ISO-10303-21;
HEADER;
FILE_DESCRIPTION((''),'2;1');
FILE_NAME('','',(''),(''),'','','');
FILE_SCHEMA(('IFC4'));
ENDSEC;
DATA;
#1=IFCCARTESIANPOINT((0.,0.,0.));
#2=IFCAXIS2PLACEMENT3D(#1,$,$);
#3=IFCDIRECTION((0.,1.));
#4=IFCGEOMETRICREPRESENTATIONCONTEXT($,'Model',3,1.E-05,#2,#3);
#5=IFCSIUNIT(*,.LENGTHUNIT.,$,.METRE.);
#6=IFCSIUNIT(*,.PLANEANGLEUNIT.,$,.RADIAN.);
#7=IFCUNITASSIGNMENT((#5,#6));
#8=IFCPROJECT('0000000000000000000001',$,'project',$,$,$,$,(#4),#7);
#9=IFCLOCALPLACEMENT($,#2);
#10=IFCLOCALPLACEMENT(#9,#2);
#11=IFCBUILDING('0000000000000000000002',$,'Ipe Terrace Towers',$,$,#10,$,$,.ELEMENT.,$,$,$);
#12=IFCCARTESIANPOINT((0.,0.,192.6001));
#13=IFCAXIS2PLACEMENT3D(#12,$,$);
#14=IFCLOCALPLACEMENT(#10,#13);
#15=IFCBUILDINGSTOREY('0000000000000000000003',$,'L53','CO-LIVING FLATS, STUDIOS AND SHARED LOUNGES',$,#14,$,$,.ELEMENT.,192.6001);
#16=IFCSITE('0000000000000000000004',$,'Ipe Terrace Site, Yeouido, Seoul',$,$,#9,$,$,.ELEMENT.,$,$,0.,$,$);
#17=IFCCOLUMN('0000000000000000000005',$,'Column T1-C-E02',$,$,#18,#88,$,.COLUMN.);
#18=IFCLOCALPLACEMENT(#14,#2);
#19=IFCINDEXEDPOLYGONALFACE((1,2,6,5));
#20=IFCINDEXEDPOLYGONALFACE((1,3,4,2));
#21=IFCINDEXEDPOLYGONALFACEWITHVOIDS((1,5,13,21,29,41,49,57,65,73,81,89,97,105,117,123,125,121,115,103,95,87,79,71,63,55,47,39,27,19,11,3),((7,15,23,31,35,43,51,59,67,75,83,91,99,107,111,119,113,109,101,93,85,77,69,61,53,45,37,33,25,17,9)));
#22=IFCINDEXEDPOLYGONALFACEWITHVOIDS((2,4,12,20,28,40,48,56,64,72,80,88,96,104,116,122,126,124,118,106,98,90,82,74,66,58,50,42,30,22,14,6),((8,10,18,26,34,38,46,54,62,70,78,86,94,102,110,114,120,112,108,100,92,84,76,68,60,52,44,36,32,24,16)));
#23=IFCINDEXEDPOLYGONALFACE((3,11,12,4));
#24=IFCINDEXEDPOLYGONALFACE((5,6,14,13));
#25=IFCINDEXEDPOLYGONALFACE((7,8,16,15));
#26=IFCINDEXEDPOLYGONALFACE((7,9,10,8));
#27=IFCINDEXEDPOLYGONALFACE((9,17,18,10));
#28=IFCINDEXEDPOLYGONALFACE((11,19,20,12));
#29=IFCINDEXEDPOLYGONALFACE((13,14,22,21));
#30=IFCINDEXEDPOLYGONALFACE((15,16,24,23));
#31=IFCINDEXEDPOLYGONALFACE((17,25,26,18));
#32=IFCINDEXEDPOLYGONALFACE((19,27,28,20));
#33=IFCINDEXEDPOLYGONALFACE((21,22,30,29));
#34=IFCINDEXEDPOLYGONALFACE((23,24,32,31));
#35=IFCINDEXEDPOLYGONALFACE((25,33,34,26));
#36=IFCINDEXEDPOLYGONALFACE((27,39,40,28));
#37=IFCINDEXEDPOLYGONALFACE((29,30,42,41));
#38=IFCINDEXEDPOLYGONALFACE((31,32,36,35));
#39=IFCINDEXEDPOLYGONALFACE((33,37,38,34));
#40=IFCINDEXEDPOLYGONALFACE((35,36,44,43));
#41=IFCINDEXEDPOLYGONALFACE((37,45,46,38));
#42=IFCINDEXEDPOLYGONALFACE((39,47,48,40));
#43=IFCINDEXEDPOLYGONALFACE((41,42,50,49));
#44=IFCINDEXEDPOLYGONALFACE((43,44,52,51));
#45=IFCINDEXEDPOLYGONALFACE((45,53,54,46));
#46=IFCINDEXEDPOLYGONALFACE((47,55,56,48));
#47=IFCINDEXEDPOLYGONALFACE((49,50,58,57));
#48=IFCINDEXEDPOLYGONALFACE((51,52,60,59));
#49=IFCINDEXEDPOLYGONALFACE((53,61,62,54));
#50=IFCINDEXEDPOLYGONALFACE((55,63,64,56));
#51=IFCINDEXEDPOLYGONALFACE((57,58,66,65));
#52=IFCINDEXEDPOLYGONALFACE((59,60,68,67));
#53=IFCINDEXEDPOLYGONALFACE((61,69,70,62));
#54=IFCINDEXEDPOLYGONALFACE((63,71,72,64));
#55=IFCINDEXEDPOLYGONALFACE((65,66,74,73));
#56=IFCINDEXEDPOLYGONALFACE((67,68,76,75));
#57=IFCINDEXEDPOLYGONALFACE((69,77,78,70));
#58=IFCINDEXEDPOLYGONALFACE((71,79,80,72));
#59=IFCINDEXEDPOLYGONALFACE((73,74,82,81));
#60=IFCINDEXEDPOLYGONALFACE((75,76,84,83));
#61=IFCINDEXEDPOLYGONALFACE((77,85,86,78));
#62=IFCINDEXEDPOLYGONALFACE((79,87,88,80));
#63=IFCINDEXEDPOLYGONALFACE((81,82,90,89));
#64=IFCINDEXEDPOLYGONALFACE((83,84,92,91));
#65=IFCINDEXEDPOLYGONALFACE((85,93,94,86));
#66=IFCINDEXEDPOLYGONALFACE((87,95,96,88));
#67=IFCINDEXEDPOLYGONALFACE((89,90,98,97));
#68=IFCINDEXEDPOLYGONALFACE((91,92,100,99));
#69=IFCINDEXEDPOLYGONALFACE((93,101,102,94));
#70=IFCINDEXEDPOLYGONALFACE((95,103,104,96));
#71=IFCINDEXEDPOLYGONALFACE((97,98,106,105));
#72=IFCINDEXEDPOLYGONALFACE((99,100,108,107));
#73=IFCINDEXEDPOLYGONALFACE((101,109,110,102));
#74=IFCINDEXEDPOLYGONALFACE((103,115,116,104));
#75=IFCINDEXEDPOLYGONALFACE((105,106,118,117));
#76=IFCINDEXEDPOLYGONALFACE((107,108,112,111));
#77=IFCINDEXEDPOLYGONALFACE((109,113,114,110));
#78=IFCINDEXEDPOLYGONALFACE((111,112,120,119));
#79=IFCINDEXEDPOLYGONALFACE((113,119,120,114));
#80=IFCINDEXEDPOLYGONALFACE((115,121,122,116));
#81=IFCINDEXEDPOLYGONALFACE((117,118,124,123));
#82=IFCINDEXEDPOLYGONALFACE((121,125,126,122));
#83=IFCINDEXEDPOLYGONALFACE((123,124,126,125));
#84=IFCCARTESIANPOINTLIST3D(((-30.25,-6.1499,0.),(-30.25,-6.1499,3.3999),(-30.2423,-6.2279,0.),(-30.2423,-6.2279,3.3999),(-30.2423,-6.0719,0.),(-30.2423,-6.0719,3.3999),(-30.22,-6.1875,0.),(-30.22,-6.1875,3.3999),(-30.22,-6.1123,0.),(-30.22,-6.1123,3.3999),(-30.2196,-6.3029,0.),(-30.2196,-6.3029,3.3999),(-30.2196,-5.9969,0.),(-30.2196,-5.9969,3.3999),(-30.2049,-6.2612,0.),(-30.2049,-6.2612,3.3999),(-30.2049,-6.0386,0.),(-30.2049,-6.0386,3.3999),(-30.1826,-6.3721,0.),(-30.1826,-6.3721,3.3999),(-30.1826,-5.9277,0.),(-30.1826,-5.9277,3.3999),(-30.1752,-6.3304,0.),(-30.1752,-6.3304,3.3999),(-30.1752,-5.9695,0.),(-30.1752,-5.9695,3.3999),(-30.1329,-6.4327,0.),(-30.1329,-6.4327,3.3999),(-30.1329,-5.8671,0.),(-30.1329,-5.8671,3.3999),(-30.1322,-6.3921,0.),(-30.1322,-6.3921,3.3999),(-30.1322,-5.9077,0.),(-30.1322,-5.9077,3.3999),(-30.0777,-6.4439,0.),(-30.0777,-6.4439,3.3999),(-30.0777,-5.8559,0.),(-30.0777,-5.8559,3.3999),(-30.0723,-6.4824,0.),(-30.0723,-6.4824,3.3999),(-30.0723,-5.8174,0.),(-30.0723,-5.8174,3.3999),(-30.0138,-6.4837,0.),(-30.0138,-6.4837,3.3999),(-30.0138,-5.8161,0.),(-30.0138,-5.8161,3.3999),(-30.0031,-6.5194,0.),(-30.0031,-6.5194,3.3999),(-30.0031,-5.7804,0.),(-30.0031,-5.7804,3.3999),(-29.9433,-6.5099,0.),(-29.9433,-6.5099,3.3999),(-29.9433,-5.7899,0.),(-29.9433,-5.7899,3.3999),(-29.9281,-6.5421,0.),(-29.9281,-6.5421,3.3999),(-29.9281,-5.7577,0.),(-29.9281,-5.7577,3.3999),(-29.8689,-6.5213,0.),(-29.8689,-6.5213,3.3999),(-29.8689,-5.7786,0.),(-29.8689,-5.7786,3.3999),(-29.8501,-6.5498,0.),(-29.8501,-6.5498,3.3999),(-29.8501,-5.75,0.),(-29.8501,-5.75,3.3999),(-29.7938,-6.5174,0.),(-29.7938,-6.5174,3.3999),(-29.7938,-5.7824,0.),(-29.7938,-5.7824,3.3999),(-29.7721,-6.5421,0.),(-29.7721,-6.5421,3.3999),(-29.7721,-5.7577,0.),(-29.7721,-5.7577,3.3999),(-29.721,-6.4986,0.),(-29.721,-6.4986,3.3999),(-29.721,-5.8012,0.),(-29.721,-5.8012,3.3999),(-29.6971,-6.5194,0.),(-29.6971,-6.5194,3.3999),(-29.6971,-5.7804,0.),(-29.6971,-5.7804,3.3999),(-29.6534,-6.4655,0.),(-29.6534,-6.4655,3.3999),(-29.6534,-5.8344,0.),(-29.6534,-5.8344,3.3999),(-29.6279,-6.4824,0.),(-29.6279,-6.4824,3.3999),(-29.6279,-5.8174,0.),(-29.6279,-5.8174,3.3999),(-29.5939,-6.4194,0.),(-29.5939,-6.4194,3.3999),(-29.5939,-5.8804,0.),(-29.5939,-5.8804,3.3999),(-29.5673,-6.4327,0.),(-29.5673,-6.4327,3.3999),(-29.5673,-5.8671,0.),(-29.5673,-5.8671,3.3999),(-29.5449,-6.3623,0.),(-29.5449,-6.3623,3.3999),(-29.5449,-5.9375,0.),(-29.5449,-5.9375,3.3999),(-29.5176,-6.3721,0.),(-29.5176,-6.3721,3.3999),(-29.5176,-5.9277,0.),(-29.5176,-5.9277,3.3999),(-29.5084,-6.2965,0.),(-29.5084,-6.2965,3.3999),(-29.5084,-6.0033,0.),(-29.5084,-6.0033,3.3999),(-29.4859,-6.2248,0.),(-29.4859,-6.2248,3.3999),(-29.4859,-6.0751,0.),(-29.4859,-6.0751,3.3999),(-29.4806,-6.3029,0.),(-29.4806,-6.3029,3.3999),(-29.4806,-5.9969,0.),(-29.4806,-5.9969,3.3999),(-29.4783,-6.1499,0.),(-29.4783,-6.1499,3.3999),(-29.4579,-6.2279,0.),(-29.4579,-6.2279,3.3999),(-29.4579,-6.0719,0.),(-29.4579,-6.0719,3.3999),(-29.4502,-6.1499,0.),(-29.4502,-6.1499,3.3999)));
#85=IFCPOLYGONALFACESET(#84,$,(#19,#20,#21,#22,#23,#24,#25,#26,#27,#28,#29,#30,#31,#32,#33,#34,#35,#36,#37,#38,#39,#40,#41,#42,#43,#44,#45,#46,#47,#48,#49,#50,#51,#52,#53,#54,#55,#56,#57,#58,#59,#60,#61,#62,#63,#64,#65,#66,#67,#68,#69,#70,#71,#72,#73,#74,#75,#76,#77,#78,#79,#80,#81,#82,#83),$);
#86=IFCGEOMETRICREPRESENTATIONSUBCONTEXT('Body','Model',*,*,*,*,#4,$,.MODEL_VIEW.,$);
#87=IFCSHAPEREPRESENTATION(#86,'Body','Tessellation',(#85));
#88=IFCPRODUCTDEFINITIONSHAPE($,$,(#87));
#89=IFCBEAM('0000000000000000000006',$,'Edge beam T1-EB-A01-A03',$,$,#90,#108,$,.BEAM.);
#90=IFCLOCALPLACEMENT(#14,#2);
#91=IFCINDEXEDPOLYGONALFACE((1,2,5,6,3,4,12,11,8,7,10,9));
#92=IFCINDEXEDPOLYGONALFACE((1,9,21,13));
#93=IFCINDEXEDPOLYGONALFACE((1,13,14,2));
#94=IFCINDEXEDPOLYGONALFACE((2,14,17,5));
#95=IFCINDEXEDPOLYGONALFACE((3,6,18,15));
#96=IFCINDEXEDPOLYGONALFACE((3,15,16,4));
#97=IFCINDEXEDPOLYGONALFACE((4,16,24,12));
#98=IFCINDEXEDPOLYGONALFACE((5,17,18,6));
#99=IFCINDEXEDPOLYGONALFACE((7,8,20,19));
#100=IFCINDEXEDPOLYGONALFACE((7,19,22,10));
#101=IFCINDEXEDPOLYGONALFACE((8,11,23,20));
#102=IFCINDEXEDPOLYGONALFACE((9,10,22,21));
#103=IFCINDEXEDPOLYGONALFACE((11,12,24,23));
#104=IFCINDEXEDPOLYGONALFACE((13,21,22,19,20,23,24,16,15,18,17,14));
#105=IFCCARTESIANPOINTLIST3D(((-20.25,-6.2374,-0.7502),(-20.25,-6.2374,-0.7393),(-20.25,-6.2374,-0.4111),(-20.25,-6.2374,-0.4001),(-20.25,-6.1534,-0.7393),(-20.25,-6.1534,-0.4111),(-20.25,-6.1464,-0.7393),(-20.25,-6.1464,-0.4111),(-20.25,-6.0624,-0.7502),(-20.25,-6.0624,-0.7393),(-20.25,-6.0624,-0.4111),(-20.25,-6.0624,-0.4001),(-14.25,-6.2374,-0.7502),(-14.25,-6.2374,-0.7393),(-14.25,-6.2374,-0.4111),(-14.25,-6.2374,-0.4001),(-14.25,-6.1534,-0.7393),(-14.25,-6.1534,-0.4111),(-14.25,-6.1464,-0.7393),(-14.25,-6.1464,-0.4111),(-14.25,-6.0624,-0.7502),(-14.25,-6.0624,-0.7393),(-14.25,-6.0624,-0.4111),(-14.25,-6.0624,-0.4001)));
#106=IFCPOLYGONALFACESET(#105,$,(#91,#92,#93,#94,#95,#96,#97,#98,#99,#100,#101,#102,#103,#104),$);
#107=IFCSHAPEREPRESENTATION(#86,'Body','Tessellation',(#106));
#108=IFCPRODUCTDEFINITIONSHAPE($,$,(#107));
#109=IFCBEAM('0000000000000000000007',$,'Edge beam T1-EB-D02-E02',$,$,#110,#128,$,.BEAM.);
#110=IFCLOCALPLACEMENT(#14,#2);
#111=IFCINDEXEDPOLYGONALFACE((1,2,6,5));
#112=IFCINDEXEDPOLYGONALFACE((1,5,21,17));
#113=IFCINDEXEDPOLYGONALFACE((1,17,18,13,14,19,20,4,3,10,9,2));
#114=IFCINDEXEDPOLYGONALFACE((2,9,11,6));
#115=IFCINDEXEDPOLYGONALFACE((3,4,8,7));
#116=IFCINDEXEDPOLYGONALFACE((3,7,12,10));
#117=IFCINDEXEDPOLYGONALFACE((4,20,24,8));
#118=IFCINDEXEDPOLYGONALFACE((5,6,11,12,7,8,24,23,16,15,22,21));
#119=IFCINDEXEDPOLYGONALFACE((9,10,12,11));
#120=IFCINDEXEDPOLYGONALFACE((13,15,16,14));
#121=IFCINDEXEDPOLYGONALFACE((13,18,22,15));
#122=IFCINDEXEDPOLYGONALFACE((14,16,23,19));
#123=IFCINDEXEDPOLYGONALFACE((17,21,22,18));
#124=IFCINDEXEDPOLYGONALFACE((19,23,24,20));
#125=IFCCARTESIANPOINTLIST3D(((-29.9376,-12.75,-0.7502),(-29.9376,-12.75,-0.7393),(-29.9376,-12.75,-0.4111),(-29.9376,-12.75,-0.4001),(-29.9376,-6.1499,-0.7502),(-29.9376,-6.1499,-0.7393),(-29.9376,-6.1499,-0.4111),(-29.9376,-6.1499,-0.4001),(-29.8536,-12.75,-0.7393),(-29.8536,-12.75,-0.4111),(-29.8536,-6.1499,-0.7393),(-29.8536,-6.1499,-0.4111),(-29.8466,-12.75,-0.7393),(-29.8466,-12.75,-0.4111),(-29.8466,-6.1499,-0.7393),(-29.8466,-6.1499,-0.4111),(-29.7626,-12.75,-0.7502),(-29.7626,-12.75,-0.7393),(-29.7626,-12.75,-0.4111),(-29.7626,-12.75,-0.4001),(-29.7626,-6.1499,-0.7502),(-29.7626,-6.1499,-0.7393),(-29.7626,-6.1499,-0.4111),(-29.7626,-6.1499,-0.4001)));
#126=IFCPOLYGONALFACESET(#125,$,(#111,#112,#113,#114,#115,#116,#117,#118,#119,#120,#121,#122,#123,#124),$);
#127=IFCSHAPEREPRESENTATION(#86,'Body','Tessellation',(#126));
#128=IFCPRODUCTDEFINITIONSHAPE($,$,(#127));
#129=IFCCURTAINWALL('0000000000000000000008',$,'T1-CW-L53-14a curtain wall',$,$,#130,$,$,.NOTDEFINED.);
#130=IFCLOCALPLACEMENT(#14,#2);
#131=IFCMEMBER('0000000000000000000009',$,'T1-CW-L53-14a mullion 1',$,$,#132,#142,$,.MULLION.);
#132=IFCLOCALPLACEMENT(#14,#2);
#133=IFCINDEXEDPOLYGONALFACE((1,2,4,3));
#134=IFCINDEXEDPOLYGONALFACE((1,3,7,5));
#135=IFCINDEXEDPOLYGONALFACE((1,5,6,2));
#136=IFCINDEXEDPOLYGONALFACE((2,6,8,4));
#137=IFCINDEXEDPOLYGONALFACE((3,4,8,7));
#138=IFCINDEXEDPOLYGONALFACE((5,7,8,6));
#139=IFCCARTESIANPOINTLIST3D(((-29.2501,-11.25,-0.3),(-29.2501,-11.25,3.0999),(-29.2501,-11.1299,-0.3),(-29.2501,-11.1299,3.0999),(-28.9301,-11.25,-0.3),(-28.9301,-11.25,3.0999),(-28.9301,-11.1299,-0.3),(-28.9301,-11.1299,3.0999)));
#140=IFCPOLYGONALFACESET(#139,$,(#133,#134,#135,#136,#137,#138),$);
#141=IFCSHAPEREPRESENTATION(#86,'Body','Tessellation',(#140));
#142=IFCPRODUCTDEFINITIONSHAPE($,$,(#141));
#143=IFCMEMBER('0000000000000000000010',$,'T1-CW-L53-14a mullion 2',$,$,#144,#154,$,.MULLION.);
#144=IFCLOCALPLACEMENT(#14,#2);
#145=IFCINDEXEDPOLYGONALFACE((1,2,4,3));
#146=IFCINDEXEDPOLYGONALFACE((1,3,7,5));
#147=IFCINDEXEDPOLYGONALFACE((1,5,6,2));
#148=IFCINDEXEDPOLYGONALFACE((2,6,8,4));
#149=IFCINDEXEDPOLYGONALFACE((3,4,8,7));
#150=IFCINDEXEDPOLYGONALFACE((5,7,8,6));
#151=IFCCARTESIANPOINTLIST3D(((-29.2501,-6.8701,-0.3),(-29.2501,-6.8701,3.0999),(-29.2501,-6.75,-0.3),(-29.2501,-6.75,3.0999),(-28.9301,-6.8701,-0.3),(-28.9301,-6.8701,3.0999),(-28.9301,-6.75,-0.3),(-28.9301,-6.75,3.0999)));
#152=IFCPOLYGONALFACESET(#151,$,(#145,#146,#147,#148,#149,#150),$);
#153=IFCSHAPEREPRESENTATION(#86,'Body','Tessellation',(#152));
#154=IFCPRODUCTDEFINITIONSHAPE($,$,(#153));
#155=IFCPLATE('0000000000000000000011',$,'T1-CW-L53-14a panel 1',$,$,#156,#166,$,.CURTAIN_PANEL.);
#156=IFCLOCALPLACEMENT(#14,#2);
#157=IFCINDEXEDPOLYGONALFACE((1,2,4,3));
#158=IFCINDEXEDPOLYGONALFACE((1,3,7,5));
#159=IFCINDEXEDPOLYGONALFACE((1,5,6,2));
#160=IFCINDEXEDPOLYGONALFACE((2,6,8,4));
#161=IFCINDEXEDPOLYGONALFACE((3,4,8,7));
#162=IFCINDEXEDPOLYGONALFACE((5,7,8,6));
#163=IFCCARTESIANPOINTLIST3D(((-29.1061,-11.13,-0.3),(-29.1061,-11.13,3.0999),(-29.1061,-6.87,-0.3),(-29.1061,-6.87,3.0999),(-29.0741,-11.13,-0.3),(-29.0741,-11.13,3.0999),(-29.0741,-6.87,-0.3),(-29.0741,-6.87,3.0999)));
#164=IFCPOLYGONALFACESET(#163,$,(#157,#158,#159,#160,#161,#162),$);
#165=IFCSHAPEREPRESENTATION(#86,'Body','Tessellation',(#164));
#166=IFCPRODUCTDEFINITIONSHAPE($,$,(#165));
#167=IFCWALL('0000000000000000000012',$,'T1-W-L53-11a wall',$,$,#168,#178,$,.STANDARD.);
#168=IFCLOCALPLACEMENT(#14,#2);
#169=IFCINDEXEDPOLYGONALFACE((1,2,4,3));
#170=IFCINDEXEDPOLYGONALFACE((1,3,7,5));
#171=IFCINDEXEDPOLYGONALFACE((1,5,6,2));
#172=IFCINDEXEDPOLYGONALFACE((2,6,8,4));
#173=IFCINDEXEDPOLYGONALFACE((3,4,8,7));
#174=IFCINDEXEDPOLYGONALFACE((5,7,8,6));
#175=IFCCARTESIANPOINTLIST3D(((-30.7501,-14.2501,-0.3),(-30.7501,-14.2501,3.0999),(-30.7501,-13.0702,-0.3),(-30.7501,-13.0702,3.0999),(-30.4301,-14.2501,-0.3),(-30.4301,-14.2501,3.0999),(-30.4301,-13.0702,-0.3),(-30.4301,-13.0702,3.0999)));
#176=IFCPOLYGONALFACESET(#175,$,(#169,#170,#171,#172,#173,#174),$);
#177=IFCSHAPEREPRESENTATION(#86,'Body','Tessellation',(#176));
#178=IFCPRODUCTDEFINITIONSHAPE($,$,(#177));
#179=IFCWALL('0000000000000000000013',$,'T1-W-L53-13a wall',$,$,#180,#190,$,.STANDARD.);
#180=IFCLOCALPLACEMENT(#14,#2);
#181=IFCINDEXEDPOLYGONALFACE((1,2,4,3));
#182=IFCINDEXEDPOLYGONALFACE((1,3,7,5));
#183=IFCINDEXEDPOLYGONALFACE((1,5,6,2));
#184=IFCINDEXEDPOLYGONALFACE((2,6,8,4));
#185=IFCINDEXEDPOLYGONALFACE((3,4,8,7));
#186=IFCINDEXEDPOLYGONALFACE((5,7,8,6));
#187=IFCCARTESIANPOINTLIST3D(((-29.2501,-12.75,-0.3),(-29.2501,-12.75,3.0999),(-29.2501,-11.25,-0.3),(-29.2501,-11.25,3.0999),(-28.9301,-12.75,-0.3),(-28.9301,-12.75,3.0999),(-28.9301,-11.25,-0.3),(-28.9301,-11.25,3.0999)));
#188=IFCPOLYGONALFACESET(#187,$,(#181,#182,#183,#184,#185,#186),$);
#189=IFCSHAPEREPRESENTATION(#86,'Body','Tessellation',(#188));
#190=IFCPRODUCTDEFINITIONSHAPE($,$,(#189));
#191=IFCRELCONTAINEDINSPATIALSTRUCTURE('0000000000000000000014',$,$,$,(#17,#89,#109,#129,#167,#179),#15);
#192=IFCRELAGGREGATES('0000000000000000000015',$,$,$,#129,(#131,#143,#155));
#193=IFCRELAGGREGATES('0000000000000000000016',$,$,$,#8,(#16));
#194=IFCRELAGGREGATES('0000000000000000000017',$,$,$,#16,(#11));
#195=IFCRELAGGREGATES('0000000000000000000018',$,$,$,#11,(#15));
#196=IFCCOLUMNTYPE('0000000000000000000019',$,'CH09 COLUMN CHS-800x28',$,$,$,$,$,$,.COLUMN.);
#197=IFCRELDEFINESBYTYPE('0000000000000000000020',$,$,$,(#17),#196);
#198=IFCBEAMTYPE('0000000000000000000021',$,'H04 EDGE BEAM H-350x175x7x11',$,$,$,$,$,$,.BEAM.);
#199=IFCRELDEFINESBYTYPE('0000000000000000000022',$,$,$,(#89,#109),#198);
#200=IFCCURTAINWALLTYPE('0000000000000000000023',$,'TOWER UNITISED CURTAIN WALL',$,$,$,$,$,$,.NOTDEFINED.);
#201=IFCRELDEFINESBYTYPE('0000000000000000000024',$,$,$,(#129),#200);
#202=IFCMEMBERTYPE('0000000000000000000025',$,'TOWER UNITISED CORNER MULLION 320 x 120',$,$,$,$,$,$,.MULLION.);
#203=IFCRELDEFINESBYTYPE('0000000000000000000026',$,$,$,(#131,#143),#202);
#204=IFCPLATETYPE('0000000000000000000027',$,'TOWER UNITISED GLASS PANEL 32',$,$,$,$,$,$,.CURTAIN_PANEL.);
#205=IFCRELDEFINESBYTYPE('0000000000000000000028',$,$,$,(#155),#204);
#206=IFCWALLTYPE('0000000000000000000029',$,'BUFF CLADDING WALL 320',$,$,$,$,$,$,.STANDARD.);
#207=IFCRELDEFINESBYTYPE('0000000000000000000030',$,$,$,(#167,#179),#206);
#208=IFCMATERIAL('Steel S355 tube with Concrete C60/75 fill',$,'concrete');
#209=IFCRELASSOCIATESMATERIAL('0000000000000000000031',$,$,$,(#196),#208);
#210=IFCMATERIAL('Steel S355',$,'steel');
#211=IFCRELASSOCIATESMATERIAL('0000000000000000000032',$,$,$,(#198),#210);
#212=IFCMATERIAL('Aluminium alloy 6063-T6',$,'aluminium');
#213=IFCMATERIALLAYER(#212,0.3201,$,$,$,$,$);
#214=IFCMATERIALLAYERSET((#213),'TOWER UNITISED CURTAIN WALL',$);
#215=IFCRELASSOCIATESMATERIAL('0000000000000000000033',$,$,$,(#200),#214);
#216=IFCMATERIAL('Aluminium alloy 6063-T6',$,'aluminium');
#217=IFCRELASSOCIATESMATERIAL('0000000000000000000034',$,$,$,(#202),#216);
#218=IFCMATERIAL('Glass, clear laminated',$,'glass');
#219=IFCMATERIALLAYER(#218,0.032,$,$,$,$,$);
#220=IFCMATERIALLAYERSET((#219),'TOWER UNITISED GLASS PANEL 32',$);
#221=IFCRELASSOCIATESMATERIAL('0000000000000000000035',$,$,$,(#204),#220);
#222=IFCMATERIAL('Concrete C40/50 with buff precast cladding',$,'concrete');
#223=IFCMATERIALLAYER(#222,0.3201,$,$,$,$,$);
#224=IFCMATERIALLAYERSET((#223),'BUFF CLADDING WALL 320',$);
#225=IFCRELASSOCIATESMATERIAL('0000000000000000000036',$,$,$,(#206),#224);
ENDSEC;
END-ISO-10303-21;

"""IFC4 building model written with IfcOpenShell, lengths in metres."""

from ifc_helpers import new_model, si_unit, direction, frame, frame_2d, origin, origin_2d, place, context, subcontext, project, spatial, rectangle, hollow_circle, i_section, extrude, material, layer, layer_set, material_profile, profile_set, type_object, element, aggregate, save


model = new_model("IFC4")

# Units and contexts
model_context = context("Model", 3, precision=1e-05, world=origin(), true_north=direction((0.0, 1.0)))
body_context = subcontext(model_context, "Body", "Model", "MODEL_VIEW")
ifc_project = project(units=[si_unit("LENGTHUNIT", "METRE"), si_unit("PLANEANGLEUNIT", "RADIAN")], contexts=[model_context])

# Site, building, storey
site_placement = place(None, origin())
site = spatial("IfcSite", under=ifc_project, at=site_placement, Name="Ipe Terrace Site, Yeouido, Seoul", CompositionType="ELEMENT", RefElevation=0.0)
building_placement = place(site_placement, origin())
building = spatial("IfcBuilding", under=site, at=building_placement, Name="Ipe Terrace Towers", CompositionType="ELEMENT")
storey_placement = place(building_placement, frame((0.0, 0.0, 192.6001)))
storey = spatial("IfcBuildingStorey", under=building, at=storey_placement, Name="L53", Description="CO-LIVING FLATS, STUDIOS AND SHARED LOUNGES", CompositionType="ELEMENT", Elevation=192.6001)

# Column
ifc_material_1 = material(Name="Steel S355 tube with Concrete C60/75 fill", Category="concrete")
ifc_material_profile_1 = material_profile(ifc_material_1, hollow_circle(Radius=0.3999, WallThickness=0.0281, at=origin_2d()), Name="CHS-800x28")
ifc_profile_set_1 = profile_set([ifc_material_profile_1], Name="Steel S355 tube with Concrete C60/75 fill")
column_type_1 = type_object("IfcColumnType", Name="CH09 COLUMN CHS-800x28", PredefinedType="COLUMN", material=ifc_profile_set_1)
column_placement = place(storey_placement, frame((-29.8501, -6.1499, 0.0), z_axis=(0.0, 0.0, 1.0), x_axis=(1.0, 0.0, 0.0)))
element("IfcColumn", 1, at=column_placement, inside=storey, type_object=column_type_1, Name="Column T1-C-E02", PredefinedType="COLUMN", context=body_context, shape_type="SweptSolid", body=[
    extrude(hollow_circle(Radius=0.3999, WallThickness=0.0281, at=origin_2d()), origin(), (0.0, 0.0, 1.0), 3.3999),
])

# Beams
ifc_material_2 = material(Name="Steel S355", Category="steel")
ifc_material_profile_2 = material_profile(ifc_material_2, i_section(OverallWidth=0.175, OverallDepth=0.3501, WebThickness=0.0071, FlangeThickness=0.011, at=origin_2d()), Name="H-350x175x7x11")
ifc_profile_set_2 = profile_set([ifc_material_profile_2], Name="Steel S355")
beam_type = type_object("IfcBeamType", Name="H04 EDGE BEAM H-350x175x7x11", PredefinedType="BEAM", material=ifc_profile_set_2)
beam_1_placement = place(storey_placement, frame((-20.25, -6.1499, -0.5752), z_axis=(1.0, 0.0, 0.0), x_axis=(0.0, 1.0, 0.0)))
element("IfcBeam", 2, at=beam_1_placement, inside=storey, type_object=beam_type, Name="Edge beam T1-EB-A01-A03", PredefinedType="BEAM", context=body_context, shape_type="SweptSolid", body=[
    extrude(i_section(OverallWidth=0.175, OverallDepth=0.3501, WebThickness=0.0071, FlangeThickness=0.011, at=origin_2d()), origin(), (0.0, 0.0, 1.0), 6.0),
])
beam_2_placement = place(storey_placement, frame((-29.8501, -12.75, -0.5752), z_axis=(0.0, 1.0, 0.0), x_axis=(-1.0, 0.0, 0.0)))
element("IfcBeam", 3, at=beam_2_placement, inside=storey, type_object=beam_type, Name="Edge beam T1-EB-D02-E02", PredefinedType="BEAM", context=body_context, shape_type="SweptSolid", body=[
    extrude(i_section(OverallWidth=0.175, OverallDepth=0.3501, WebThickness=0.0071, FlangeThickness=0.011, at=origin_2d()), origin(), (0.0, 0.0, 1.0), 6.6001),
])

# Curtain wall, members, plate
ifc_material_3 = material(Name="Aluminium alloy 6063-T6", Category="aluminium")
ifc_layer_1 = layer(ifc_material_3, 0.3201)
ifc_layer_set_1 = layer_set([ifc_layer_1], Name="TOWER UNITISED CURTAIN WALL")
curtain_wall_type = type_object("IfcCurtainWallType", Name="TOWER UNITISED CURTAIN WALL", PredefinedType="NOTDEFINED", material=ifc_layer_set_1)
curtain_wall_placement = place(storey_placement, origin())
curtain_wall = element("IfcCurtainWall", 4, at=curtain_wall_placement, inside=storey, type_object=curtain_wall_type, Name="T1-CW-L53-14a curtain wall", PredefinedType="NOTDEFINED")
ifc_material_4 = material(Name="Aluminium alloy 6063-T6", Category="aluminium")
ifc_material_profile_3 = material_profile(ifc_material_4, rectangle(XDim=0.3201, YDim=0.1201, at=origin_2d()), Name="TOWER UNITISED CORNER MULLION 320 x 120")
ifc_profile_set_3 = profile_set([ifc_material_profile_3], Name="Aluminium alloy 6063-T6")
member_type = type_object("IfcMemberType", Name="TOWER UNITISED CORNER MULLION 320 x 120", PredefinedType="MULLION", material=ifc_profile_set_3)
member_1_placement = place(storey_placement, frame((-29.0901, -11.1899, -0.3), z_axis=(0.0, 0.0, 1.0), x_axis=(1.0, 0.0, 0.0)))
member_1 = element("IfcMember", 5, at=member_1_placement, type_object=member_type, Name="T1-CW-L53-14a mullion 1", PredefinedType="MULLION", context=body_context, shape_type="SweptSolid", body=[
    extrude(rectangle(XDim=0.3201, YDim=0.1201, at=origin_2d()), origin(), (0.0, 0.0, 1.0), 3.3999),
])
member_2_placement = place(storey_placement, frame((-29.0901, -6.8101, -0.3), z_axis=(0.0, 0.0, 1.0), x_axis=(1.0, 0.0, 0.0)))
member_2 = element("IfcMember", 6, at=member_2_placement, type_object=member_type, Name="T1-CW-L53-14a mullion 2", PredefinedType="MULLION", context=body_context, shape_type="SweptSolid", body=[
    extrude(rectangle(XDim=0.3201, YDim=0.1201, at=origin_2d()), origin(), (0.0, 0.0, 1.0), 3.3999),
])
ifc_material_5 = material(Name="Glass, clear laminated", Category="glass")
ifc_layer_2 = layer(ifc_material_5, 0.032)
ifc_layer_set_2 = layer_set([ifc_layer_2], Name="TOWER UNITISED GLASS PANEL 32")
plate_type = type_object("IfcPlateType", Name="TOWER UNITISED GLASS PANEL 32", PredefinedType="CURTAIN_PANEL", material=ifc_layer_set_2)
plate_placement = place(storey_placement, frame((-29.0901, -9.0, -0.3), z_axis=(0.0, 0.0, 1.0), x_axis=(0.0, 1.0, 0.0)))
plate = element("IfcPlate", 7, at=plate_placement, type_object=plate_type, Name="T1-CW-L53-14a panel 1", PredefinedType="CURTAIN_PANEL", context=body_context, shape_type="SweptSolid", body=[
    extrude(rectangle(XDim=4.26, YDim=0.032, at=origin_2d()), origin(), (0.0, 0.0, 1.0), 3.3999),
])
aggregate(curtain_wall, [member_1, member_2, plate])

# Walls
ifc_material_6 = material(Name="Concrete C40/50 with buff precast cladding", Category="concrete")
ifc_layer_3 = layer(ifc_material_6, 0.3201)
ifc_layer_set_3 = layer_set([ifc_layer_3], Name="BUFF CLADDING WALL 320")
wall_type_1 = type_object("IfcWallType", Name="BUFF CLADDING WALL 320", PredefinedType="STANDARD", material=ifc_layer_set_3)
wall_1_placement = place(storey_placement, frame((-30.5901, -14.25, -0.3), z_axis=(0.0, 0.0, 1.0), x_axis=(0.0, 1.0, 0.0)))
element("IfcWall", 8, at=wall_1_placement, inside=storey, type_object=wall_type_1, Name="T1-W-L53-11a wall", PredefinedType="STANDARD", context=body_context, shape_type="SweptSolid", body=[
    extrude(rectangle(XDim=1.1799, YDim=0.3201, at=frame_2d((0.5898, 0.0))), origin(), (0.0, 0.0, 1.0), 3.3999),
])
wall_2_placement = place(storey_placement, frame((-29.0901, -12.75, -0.3), z_axis=(0.0, 0.0, 1.0), x_axis=(0.0, 1.0, 0.0)))
element("IfcWall", 9, at=wall_2_placement, inside=storey, type_object=wall_type_1, Name="T1-W-L53-13a wall", PredefinedType="STANDARD", context=body_context, shape_type="SweptSolid", body=[
    extrude(rectangle(XDim=1.5, YDim=0.3201, at=frame_2d((0.75, 0.0))), origin(), (0.0, 0.0, 1.0), 3.3999),
])

save(model, "model.ifc")
